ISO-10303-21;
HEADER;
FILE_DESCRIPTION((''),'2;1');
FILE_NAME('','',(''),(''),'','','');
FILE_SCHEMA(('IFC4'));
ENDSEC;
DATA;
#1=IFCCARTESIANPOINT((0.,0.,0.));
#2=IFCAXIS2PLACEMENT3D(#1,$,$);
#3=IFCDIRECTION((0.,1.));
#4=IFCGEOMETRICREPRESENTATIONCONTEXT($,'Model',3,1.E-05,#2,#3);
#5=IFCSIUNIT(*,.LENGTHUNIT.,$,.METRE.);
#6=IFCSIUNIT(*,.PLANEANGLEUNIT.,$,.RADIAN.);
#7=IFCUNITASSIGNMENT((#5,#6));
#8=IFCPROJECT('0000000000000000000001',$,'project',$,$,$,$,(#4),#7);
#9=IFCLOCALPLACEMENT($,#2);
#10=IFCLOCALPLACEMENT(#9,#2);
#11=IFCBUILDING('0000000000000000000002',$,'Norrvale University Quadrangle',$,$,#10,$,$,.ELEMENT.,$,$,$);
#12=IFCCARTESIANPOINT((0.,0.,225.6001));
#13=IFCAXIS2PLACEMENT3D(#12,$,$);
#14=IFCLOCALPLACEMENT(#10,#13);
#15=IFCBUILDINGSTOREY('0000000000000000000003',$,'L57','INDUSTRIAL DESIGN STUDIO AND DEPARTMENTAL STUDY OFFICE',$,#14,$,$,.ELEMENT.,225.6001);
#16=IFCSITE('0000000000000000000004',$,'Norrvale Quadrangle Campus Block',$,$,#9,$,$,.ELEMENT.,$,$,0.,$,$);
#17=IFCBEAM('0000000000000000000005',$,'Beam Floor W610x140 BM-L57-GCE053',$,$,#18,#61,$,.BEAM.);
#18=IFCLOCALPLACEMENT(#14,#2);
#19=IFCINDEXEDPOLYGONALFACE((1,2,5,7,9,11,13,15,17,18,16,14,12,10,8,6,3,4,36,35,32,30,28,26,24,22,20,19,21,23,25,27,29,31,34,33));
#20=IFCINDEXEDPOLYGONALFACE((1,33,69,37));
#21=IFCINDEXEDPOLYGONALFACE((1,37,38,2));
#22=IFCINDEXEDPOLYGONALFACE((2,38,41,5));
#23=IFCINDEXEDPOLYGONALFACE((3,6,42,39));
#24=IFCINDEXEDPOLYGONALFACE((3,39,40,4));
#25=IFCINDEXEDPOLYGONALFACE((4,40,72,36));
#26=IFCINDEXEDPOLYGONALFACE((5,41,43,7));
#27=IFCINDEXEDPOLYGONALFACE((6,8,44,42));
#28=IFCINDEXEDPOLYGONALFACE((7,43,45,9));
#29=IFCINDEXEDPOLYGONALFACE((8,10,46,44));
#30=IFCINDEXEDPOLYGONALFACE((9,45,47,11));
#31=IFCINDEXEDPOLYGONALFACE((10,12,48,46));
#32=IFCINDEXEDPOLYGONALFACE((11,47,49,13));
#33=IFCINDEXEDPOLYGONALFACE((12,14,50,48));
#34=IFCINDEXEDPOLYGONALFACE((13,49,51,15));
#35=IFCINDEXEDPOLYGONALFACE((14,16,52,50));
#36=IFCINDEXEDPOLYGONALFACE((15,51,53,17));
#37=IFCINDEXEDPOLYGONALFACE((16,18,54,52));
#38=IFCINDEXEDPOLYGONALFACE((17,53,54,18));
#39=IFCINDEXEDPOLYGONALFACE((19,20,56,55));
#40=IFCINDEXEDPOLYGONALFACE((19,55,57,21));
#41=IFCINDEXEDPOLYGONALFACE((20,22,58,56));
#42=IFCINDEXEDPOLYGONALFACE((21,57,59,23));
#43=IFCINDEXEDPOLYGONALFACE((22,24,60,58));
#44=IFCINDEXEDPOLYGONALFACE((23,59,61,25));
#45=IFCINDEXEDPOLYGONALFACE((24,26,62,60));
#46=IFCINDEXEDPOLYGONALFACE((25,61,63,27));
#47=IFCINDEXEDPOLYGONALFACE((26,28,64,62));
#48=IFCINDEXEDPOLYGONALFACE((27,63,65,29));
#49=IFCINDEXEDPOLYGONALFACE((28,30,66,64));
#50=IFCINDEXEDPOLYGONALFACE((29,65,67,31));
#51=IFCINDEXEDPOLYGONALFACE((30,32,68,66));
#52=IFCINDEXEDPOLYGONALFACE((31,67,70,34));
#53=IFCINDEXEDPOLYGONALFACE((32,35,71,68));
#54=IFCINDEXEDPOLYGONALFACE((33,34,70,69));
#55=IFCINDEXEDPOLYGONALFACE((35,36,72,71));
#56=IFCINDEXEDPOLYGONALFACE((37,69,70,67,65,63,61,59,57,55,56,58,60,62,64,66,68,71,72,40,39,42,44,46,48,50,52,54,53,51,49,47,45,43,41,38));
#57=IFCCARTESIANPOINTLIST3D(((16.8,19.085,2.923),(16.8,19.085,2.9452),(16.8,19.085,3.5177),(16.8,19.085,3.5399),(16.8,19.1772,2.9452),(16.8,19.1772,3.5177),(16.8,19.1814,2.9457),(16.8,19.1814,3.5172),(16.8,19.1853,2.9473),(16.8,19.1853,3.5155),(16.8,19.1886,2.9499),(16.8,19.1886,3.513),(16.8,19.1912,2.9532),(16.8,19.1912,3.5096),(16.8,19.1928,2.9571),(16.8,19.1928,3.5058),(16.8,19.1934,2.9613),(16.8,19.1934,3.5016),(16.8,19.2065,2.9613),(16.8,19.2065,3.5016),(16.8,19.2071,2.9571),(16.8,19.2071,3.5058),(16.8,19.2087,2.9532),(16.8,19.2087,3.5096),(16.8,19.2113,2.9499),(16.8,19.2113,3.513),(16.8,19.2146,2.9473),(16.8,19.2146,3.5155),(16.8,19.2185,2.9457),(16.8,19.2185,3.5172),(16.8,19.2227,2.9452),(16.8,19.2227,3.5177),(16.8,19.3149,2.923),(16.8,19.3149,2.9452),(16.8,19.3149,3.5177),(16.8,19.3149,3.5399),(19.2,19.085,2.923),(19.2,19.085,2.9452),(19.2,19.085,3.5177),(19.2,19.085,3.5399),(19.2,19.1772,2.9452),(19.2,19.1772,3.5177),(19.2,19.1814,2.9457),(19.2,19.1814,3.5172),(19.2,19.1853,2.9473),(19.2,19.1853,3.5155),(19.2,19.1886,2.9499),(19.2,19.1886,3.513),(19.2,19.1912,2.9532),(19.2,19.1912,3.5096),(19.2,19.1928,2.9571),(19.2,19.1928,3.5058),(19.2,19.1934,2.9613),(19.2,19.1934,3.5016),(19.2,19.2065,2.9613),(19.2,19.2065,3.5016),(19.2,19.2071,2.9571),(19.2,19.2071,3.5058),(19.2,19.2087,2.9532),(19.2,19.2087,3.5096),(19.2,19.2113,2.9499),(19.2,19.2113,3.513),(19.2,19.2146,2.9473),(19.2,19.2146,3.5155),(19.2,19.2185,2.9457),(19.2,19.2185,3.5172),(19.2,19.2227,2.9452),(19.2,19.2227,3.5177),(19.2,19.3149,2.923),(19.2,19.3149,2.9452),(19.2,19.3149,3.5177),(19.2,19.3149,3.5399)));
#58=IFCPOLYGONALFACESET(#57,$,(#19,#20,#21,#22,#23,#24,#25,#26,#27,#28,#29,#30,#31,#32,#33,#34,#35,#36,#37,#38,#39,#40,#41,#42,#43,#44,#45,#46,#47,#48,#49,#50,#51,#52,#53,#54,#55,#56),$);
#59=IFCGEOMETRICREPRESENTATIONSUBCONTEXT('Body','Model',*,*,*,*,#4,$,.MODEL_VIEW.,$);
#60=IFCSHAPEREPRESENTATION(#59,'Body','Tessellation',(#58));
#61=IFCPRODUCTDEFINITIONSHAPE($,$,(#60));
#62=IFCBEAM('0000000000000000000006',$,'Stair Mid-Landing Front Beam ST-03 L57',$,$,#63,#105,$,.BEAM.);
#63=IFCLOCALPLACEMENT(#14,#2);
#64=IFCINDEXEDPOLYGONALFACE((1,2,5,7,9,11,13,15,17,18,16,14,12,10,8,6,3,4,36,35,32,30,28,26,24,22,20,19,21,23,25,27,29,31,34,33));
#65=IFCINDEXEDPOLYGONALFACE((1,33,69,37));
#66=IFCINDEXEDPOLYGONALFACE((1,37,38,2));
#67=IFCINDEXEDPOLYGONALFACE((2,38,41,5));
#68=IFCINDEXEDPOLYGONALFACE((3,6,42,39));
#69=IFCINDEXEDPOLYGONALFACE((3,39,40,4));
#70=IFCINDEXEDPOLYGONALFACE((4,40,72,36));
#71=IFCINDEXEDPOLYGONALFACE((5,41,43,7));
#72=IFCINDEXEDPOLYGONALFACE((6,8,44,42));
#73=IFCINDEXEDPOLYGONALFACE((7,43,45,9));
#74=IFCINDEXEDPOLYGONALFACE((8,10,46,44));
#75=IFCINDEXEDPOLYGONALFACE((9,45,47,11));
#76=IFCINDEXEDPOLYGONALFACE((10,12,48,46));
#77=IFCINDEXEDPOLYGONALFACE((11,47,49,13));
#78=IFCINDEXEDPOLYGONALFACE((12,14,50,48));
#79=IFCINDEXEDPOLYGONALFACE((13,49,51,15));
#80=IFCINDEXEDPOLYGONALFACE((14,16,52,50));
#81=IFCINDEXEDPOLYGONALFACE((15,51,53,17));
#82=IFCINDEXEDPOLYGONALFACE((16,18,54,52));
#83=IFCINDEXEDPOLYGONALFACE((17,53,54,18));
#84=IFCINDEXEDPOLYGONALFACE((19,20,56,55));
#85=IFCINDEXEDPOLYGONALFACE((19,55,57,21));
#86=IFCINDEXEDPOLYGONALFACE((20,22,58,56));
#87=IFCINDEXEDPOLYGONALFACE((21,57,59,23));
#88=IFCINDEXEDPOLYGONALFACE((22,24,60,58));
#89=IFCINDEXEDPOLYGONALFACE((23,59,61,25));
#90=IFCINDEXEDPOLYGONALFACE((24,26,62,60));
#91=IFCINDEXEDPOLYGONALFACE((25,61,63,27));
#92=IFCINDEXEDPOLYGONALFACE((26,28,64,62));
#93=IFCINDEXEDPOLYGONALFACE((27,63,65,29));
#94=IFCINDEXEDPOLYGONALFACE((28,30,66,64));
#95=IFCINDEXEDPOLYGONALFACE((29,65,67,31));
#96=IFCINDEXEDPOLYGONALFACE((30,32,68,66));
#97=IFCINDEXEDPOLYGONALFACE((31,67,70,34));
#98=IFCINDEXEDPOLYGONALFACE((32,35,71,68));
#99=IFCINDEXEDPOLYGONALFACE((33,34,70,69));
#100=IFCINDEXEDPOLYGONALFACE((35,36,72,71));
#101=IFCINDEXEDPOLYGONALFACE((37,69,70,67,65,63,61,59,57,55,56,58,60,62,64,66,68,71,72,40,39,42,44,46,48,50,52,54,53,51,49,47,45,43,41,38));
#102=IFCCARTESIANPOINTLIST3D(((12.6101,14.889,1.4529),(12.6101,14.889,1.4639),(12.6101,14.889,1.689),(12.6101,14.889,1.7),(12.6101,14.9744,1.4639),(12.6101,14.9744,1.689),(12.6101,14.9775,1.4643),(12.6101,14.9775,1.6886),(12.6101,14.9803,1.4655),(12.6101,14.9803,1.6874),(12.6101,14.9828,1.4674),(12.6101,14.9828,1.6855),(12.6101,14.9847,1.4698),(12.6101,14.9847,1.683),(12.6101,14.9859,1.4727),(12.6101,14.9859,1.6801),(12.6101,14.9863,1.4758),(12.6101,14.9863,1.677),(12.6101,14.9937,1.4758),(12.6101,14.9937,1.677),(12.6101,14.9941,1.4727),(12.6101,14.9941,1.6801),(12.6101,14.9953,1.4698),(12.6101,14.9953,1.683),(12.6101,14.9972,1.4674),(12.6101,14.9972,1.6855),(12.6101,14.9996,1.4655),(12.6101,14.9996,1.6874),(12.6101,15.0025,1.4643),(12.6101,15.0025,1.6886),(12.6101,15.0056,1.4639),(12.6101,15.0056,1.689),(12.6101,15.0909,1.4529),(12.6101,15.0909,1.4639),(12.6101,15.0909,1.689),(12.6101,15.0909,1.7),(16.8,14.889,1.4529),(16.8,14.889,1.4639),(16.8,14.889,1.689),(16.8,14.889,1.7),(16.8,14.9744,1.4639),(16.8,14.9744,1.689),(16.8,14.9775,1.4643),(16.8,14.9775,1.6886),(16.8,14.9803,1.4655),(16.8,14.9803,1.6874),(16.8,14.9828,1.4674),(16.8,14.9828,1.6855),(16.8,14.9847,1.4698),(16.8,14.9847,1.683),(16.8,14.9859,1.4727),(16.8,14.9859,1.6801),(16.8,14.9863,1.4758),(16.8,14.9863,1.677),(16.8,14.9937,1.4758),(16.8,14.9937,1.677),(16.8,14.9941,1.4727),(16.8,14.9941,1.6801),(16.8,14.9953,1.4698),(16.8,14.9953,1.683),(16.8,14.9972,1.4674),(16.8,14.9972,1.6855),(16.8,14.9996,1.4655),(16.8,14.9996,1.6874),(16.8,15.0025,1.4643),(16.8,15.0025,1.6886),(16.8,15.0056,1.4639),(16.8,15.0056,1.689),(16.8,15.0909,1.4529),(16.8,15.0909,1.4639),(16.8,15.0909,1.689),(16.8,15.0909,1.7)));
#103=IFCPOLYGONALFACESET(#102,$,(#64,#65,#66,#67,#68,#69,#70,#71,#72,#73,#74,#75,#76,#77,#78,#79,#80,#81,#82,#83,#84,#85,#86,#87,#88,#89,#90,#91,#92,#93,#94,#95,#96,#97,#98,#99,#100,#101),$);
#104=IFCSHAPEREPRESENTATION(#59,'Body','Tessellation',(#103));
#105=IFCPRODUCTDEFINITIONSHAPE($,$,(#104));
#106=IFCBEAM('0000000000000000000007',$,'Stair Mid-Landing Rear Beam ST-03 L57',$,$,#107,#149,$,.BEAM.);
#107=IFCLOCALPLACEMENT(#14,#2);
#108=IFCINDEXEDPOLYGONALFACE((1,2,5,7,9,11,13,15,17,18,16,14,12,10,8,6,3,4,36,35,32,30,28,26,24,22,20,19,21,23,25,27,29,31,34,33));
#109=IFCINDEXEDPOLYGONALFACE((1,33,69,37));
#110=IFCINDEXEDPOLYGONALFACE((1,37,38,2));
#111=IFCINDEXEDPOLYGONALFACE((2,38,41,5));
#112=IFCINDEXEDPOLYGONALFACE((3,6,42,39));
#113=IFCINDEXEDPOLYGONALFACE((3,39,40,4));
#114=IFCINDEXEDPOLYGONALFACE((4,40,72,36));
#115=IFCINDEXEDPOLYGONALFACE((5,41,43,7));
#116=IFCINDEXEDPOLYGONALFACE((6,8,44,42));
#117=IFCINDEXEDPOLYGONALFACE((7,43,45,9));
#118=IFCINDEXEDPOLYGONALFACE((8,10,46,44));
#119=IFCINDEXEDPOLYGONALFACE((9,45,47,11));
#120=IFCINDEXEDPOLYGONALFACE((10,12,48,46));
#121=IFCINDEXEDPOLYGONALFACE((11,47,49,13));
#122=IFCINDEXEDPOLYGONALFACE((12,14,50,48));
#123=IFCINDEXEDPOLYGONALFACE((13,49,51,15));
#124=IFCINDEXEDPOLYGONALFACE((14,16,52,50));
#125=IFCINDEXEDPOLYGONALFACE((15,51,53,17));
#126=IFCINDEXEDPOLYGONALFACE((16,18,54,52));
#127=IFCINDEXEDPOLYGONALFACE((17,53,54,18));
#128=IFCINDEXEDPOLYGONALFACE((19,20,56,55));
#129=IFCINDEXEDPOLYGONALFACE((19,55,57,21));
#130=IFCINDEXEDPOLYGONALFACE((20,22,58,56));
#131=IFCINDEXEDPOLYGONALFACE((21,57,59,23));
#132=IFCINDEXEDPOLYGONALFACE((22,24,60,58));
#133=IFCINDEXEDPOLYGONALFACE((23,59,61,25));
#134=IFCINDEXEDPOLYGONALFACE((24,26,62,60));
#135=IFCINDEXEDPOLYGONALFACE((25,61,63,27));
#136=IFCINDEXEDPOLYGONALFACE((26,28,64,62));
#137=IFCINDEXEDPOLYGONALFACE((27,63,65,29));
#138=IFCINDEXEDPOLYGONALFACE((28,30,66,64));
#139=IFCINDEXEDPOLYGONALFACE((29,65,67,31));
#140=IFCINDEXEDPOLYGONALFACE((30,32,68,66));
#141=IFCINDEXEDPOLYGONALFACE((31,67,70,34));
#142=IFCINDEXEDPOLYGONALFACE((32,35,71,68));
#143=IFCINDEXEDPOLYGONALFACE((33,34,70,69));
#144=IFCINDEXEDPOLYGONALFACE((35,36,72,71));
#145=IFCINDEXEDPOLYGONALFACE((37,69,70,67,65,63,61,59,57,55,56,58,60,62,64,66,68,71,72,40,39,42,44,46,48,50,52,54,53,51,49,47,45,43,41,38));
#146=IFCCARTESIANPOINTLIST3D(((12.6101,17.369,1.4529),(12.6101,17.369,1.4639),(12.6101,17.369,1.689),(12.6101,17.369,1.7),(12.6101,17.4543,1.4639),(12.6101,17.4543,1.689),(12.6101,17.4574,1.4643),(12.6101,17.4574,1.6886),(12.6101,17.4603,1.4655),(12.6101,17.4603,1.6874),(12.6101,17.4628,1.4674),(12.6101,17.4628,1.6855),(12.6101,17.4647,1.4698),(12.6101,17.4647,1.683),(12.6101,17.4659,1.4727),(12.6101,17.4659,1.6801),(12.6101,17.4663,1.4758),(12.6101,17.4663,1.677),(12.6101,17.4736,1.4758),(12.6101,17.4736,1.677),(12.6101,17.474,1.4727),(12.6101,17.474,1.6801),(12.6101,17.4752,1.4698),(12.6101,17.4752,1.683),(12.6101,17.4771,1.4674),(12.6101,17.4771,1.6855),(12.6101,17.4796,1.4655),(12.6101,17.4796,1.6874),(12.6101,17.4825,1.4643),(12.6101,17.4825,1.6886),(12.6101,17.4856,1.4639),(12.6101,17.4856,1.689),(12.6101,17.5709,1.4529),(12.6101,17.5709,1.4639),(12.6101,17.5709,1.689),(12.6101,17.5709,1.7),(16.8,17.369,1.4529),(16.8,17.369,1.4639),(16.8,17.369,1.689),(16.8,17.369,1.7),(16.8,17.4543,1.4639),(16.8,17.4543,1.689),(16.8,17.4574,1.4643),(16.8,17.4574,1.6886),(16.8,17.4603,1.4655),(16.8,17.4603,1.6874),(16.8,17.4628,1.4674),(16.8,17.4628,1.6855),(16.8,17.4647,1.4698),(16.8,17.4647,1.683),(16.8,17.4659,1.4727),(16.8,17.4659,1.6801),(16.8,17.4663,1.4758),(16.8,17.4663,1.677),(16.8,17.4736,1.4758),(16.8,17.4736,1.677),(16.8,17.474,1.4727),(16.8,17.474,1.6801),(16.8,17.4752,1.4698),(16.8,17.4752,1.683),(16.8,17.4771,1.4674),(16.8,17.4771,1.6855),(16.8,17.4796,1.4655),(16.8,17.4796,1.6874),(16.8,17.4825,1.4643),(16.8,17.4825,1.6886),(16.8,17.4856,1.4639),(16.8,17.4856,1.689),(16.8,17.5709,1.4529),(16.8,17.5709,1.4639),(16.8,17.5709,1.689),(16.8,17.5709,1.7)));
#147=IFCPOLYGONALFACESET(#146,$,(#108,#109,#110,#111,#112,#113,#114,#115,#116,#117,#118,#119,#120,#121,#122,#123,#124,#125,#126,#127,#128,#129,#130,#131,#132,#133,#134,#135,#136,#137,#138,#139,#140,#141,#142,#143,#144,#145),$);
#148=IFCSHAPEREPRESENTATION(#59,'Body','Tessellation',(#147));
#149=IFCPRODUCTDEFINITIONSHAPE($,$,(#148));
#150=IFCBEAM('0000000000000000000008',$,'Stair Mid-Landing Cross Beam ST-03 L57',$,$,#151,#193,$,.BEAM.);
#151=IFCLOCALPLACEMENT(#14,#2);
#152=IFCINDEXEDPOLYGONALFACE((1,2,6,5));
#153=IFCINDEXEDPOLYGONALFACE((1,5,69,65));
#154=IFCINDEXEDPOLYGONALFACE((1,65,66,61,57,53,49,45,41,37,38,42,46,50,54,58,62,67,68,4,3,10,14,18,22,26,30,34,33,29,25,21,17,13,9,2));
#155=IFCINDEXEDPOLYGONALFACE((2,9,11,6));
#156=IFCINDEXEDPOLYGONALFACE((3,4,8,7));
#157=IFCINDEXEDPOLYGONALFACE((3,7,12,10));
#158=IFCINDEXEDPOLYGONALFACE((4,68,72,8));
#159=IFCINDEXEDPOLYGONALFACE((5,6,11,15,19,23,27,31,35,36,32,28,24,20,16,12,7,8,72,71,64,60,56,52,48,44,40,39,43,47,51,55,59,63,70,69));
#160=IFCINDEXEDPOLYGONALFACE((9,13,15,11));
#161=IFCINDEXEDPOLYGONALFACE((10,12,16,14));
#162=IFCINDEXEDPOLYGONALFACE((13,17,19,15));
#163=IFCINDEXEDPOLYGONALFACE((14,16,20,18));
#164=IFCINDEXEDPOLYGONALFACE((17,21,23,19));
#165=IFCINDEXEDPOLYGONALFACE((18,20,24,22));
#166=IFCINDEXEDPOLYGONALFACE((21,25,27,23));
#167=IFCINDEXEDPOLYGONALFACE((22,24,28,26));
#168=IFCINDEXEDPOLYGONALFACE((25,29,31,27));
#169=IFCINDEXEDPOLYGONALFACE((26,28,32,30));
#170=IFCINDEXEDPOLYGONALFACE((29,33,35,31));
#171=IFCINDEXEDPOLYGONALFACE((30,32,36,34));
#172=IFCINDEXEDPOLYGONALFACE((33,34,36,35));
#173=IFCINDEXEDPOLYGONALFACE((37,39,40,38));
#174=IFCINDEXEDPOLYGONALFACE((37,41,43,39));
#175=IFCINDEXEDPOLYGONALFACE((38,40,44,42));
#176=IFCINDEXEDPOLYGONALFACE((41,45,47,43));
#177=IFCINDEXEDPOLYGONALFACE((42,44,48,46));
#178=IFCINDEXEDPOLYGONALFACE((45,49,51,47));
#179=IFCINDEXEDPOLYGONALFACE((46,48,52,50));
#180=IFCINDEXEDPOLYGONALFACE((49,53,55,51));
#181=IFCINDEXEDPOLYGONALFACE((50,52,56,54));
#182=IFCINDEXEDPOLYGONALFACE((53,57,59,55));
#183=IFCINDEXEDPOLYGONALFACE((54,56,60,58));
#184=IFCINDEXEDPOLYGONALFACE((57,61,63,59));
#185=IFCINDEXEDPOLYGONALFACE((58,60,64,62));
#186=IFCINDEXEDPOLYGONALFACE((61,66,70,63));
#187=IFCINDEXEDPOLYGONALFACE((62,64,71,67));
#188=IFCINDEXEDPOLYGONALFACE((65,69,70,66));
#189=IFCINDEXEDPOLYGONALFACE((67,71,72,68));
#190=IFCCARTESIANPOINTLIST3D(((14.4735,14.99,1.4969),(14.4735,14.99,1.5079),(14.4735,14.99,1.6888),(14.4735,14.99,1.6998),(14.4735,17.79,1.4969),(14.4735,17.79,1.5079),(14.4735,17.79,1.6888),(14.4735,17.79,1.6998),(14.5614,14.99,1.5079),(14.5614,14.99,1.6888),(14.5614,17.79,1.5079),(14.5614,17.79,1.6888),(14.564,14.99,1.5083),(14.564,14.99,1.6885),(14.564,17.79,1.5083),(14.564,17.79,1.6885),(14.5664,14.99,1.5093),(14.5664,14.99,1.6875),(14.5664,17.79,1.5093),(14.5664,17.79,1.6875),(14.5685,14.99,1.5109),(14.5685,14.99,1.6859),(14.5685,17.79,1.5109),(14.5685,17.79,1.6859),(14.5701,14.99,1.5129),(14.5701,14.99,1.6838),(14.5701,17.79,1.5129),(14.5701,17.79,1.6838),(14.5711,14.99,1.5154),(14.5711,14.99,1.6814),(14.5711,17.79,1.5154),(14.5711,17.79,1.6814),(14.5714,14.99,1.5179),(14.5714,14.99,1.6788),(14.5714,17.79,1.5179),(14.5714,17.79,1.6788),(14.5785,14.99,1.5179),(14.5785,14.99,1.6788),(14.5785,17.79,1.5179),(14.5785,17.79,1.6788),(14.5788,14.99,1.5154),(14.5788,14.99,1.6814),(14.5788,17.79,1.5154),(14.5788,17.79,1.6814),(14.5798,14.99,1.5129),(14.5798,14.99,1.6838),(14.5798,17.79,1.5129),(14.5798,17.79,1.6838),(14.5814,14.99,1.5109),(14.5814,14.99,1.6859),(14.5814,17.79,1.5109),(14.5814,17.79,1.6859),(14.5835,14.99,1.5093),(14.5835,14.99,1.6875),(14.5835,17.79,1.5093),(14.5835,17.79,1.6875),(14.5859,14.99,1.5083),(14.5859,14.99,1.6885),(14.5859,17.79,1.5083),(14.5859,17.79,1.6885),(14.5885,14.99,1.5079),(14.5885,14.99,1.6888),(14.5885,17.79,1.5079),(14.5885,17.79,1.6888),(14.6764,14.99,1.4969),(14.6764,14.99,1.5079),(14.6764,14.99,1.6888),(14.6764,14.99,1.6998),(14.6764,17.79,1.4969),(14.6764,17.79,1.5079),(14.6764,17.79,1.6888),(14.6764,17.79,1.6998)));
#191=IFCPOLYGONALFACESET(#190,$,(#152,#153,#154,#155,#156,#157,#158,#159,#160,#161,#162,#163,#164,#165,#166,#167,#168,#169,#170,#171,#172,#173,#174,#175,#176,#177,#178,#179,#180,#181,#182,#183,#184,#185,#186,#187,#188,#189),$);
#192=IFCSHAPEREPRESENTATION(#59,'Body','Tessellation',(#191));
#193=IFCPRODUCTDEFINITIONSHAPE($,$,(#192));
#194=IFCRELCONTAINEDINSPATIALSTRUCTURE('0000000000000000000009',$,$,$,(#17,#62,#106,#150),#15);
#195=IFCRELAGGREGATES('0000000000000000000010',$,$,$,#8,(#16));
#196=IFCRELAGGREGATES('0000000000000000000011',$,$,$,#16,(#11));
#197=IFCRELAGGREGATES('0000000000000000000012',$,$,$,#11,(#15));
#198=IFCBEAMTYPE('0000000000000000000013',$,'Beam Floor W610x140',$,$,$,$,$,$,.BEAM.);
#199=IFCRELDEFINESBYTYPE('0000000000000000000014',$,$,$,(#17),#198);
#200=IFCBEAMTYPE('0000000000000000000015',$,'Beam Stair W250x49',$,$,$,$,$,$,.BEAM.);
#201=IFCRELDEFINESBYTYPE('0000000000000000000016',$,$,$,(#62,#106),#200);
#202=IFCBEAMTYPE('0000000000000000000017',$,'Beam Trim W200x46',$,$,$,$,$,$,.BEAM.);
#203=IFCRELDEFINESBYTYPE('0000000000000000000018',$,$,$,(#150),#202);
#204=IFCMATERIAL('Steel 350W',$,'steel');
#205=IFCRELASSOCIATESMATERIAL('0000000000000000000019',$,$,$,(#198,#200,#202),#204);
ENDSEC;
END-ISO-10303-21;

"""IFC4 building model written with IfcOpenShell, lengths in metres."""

from ifc_helpers import new_model, si_unit, direction, frame, origin, origin_2d, place, context, subcontext, project, spatial, i_section, extrude, material, material_profile, profile_set, type_object, element, save


model = new_model("IFC4")

# Units and contexts
model_context = context("Model", 3, precision=1e-05, world=origin(), true_north=direction((0.0, 1.0)))
body_context = subcontext(model_context, "Body", "Model", "MODEL_VIEW")
ifc_project = project(units=[si_unit("LENGTHUNIT", "METRE"), si_unit("PLANEANGLEUNIT", "RADIAN")], contexts=[model_context])

# Site, building, storey
site_placement = place(None, origin())
site = spatial("IfcSite", under=ifc_project, at=site_placement, Name="Norrvale Quadrangle Campus Block", CompositionType="ELEMENT", RefElevation=0.0)
building_placement = place(site_placement, origin())
building = spatial("IfcBuilding", under=site, at=building_placement, Name="Norrvale University Quadrangle", CompositionType="ELEMENT")
storey_placement = place(building_placement, frame((0.0, 0.0, 225.6001)))
storey = spatial("IfcBuildingStorey", under=building, at=storey_placement, Name="L57", Description="INDUSTRIAL DESIGN STUDIO AND DEPARTMENTAL STUDY OFFICE", CompositionType="ELEMENT", Elevation=225.6001)

# Beams
ifc_material_1 = material(Name="Steel 350W", Category="steel")
ifc_material_profile_1 = material_profile(ifc_material_1, i_section(OverallWidth=0.23, OverallDepth=0.6169, WebThickness=0.0132, FlangeThickness=0.0222, FilletRadius=0.0161, at=origin_2d()), Name="Steel 350W")
ifc_profile_set_1 = profile_set([ifc_material_profile_1], Name="Steel 350W")
beam_type_1 = type_object("IfcBeamType", Name="Beam Floor W610x140", PredefinedType="BEAM", material=ifc_profile_set_1)
beam_1_placement = place(storey_placement, frame((16.8, 19.2, 3.2314), z_axis=(1.0, 0.0, 0.0), x_axis=(0.0, 1.0, 0.0)))
element("IfcBeam", 1, at=beam_1_placement, inside=storey, type_object=beam_type_1, Name="Beam Floor W610x140 BM-L57-GCE053", PredefinedType="BEAM", context=body_context, shape_type="SweptSolid", body=[
    extrude(i_section(OverallWidth=0.23, OverallDepth=0.6169, WebThickness=0.0132, FlangeThickness=0.0222, FilletRadius=0.0161, at=origin_2d()), origin(), (0.0, 0.0, 1.0), 2.3999),
])
ifc_material_profile_2 = material_profile(ifc_material_1, i_section(OverallWidth=0.2019, OverallDepth=0.2471, WebThickness=0.0073, FlangeThickness=0.011, FilletRadius=0.012, at=origin_2d()), Name="Steel 350W")
ifc_profile_set_2 = profile_set([ifc_material_profile_2], Name="Steel 350W")
beam_type_2 = type_object("IfcBeamType", Name="Beam Stair W250x49", PredefinedType="BEAM", material=ifc_profile_set_2)
for number, where, z_axis, x_axis, name in (
    (2, (12.6101, 14.99, 1.5764), (1.0, 0.0, 0.0), (0.0, 1.0, 0.0), "Stair Mid-Landing Front Beam ST-03 L57"),
    (3, (12.6101, 17.47, 1.5764), (1.0, 0.0, 0.0), (0.0, 1.0, 0.0), "Stair Mid-Landing Rear Beam ST-03 L57"),
):
    element("IfcBeam", number, at=place(storey_placement, frame(where, z_axis=z_axis, x_axis=x_axis)), inside=storey, type_object=beam_type_2, Name=name, PredefinedType="BEAM", context=body_context, shape_type="SweptSolid", body=[
        extrude(i_section(OverallWidth=0.2019, OverallDepth=0.2471, WebThickness=0.0073, FlangeThickness=0.011, FilletRadius=0.012, at=origin_2d()), origin(), (0.0, 0.0, 1.0), 4.1899),
    ])
ifc_material_profile_3 = material_profile(ifc_material_1, i_section(OverallWidth=0.2029, OverallDepth=0.2029, WebThickness=0.0071, FlangeThickness=0.011, FilletRadius=0.01, at=origin_2d()), Name="Steel 350W")
ifc_profile_set_3 = profile_set([ifc_material_profile_3], Name="Steel 350W")
beam_type_3 = type_object("IfcBeamType", Name="Beam Trim W200x46", PredefinedType="BEAM", material=ifc_profile_set_3)
beam_2_placement = place(storey_placement, frame((14.575, 14.99, 1.5984), z_axis=(0.0, 1.0, 0.0), x_axis=(-1.0, 0.0, 0.0)))
element("IfcBeam", 4, at=beam_2_placement, inside=storey, type_object=beam_type_3, Name="Stair Mid-Landing Cross Beam ST-03 L57", PredefinedType="BEAM", context=body_context, shape_type="SweptSolid", body=[
    extrude(i_section(OverallWidth=0.2029, OverallDepth=0.2029, WebThickness=0.0071, FlangeThickness=0.011, FilletRadius=0.01, at=origin_2d()), origin(), (0.0, 0.0, 1.0), 2.8),
])

save(model, "model.ifc")
